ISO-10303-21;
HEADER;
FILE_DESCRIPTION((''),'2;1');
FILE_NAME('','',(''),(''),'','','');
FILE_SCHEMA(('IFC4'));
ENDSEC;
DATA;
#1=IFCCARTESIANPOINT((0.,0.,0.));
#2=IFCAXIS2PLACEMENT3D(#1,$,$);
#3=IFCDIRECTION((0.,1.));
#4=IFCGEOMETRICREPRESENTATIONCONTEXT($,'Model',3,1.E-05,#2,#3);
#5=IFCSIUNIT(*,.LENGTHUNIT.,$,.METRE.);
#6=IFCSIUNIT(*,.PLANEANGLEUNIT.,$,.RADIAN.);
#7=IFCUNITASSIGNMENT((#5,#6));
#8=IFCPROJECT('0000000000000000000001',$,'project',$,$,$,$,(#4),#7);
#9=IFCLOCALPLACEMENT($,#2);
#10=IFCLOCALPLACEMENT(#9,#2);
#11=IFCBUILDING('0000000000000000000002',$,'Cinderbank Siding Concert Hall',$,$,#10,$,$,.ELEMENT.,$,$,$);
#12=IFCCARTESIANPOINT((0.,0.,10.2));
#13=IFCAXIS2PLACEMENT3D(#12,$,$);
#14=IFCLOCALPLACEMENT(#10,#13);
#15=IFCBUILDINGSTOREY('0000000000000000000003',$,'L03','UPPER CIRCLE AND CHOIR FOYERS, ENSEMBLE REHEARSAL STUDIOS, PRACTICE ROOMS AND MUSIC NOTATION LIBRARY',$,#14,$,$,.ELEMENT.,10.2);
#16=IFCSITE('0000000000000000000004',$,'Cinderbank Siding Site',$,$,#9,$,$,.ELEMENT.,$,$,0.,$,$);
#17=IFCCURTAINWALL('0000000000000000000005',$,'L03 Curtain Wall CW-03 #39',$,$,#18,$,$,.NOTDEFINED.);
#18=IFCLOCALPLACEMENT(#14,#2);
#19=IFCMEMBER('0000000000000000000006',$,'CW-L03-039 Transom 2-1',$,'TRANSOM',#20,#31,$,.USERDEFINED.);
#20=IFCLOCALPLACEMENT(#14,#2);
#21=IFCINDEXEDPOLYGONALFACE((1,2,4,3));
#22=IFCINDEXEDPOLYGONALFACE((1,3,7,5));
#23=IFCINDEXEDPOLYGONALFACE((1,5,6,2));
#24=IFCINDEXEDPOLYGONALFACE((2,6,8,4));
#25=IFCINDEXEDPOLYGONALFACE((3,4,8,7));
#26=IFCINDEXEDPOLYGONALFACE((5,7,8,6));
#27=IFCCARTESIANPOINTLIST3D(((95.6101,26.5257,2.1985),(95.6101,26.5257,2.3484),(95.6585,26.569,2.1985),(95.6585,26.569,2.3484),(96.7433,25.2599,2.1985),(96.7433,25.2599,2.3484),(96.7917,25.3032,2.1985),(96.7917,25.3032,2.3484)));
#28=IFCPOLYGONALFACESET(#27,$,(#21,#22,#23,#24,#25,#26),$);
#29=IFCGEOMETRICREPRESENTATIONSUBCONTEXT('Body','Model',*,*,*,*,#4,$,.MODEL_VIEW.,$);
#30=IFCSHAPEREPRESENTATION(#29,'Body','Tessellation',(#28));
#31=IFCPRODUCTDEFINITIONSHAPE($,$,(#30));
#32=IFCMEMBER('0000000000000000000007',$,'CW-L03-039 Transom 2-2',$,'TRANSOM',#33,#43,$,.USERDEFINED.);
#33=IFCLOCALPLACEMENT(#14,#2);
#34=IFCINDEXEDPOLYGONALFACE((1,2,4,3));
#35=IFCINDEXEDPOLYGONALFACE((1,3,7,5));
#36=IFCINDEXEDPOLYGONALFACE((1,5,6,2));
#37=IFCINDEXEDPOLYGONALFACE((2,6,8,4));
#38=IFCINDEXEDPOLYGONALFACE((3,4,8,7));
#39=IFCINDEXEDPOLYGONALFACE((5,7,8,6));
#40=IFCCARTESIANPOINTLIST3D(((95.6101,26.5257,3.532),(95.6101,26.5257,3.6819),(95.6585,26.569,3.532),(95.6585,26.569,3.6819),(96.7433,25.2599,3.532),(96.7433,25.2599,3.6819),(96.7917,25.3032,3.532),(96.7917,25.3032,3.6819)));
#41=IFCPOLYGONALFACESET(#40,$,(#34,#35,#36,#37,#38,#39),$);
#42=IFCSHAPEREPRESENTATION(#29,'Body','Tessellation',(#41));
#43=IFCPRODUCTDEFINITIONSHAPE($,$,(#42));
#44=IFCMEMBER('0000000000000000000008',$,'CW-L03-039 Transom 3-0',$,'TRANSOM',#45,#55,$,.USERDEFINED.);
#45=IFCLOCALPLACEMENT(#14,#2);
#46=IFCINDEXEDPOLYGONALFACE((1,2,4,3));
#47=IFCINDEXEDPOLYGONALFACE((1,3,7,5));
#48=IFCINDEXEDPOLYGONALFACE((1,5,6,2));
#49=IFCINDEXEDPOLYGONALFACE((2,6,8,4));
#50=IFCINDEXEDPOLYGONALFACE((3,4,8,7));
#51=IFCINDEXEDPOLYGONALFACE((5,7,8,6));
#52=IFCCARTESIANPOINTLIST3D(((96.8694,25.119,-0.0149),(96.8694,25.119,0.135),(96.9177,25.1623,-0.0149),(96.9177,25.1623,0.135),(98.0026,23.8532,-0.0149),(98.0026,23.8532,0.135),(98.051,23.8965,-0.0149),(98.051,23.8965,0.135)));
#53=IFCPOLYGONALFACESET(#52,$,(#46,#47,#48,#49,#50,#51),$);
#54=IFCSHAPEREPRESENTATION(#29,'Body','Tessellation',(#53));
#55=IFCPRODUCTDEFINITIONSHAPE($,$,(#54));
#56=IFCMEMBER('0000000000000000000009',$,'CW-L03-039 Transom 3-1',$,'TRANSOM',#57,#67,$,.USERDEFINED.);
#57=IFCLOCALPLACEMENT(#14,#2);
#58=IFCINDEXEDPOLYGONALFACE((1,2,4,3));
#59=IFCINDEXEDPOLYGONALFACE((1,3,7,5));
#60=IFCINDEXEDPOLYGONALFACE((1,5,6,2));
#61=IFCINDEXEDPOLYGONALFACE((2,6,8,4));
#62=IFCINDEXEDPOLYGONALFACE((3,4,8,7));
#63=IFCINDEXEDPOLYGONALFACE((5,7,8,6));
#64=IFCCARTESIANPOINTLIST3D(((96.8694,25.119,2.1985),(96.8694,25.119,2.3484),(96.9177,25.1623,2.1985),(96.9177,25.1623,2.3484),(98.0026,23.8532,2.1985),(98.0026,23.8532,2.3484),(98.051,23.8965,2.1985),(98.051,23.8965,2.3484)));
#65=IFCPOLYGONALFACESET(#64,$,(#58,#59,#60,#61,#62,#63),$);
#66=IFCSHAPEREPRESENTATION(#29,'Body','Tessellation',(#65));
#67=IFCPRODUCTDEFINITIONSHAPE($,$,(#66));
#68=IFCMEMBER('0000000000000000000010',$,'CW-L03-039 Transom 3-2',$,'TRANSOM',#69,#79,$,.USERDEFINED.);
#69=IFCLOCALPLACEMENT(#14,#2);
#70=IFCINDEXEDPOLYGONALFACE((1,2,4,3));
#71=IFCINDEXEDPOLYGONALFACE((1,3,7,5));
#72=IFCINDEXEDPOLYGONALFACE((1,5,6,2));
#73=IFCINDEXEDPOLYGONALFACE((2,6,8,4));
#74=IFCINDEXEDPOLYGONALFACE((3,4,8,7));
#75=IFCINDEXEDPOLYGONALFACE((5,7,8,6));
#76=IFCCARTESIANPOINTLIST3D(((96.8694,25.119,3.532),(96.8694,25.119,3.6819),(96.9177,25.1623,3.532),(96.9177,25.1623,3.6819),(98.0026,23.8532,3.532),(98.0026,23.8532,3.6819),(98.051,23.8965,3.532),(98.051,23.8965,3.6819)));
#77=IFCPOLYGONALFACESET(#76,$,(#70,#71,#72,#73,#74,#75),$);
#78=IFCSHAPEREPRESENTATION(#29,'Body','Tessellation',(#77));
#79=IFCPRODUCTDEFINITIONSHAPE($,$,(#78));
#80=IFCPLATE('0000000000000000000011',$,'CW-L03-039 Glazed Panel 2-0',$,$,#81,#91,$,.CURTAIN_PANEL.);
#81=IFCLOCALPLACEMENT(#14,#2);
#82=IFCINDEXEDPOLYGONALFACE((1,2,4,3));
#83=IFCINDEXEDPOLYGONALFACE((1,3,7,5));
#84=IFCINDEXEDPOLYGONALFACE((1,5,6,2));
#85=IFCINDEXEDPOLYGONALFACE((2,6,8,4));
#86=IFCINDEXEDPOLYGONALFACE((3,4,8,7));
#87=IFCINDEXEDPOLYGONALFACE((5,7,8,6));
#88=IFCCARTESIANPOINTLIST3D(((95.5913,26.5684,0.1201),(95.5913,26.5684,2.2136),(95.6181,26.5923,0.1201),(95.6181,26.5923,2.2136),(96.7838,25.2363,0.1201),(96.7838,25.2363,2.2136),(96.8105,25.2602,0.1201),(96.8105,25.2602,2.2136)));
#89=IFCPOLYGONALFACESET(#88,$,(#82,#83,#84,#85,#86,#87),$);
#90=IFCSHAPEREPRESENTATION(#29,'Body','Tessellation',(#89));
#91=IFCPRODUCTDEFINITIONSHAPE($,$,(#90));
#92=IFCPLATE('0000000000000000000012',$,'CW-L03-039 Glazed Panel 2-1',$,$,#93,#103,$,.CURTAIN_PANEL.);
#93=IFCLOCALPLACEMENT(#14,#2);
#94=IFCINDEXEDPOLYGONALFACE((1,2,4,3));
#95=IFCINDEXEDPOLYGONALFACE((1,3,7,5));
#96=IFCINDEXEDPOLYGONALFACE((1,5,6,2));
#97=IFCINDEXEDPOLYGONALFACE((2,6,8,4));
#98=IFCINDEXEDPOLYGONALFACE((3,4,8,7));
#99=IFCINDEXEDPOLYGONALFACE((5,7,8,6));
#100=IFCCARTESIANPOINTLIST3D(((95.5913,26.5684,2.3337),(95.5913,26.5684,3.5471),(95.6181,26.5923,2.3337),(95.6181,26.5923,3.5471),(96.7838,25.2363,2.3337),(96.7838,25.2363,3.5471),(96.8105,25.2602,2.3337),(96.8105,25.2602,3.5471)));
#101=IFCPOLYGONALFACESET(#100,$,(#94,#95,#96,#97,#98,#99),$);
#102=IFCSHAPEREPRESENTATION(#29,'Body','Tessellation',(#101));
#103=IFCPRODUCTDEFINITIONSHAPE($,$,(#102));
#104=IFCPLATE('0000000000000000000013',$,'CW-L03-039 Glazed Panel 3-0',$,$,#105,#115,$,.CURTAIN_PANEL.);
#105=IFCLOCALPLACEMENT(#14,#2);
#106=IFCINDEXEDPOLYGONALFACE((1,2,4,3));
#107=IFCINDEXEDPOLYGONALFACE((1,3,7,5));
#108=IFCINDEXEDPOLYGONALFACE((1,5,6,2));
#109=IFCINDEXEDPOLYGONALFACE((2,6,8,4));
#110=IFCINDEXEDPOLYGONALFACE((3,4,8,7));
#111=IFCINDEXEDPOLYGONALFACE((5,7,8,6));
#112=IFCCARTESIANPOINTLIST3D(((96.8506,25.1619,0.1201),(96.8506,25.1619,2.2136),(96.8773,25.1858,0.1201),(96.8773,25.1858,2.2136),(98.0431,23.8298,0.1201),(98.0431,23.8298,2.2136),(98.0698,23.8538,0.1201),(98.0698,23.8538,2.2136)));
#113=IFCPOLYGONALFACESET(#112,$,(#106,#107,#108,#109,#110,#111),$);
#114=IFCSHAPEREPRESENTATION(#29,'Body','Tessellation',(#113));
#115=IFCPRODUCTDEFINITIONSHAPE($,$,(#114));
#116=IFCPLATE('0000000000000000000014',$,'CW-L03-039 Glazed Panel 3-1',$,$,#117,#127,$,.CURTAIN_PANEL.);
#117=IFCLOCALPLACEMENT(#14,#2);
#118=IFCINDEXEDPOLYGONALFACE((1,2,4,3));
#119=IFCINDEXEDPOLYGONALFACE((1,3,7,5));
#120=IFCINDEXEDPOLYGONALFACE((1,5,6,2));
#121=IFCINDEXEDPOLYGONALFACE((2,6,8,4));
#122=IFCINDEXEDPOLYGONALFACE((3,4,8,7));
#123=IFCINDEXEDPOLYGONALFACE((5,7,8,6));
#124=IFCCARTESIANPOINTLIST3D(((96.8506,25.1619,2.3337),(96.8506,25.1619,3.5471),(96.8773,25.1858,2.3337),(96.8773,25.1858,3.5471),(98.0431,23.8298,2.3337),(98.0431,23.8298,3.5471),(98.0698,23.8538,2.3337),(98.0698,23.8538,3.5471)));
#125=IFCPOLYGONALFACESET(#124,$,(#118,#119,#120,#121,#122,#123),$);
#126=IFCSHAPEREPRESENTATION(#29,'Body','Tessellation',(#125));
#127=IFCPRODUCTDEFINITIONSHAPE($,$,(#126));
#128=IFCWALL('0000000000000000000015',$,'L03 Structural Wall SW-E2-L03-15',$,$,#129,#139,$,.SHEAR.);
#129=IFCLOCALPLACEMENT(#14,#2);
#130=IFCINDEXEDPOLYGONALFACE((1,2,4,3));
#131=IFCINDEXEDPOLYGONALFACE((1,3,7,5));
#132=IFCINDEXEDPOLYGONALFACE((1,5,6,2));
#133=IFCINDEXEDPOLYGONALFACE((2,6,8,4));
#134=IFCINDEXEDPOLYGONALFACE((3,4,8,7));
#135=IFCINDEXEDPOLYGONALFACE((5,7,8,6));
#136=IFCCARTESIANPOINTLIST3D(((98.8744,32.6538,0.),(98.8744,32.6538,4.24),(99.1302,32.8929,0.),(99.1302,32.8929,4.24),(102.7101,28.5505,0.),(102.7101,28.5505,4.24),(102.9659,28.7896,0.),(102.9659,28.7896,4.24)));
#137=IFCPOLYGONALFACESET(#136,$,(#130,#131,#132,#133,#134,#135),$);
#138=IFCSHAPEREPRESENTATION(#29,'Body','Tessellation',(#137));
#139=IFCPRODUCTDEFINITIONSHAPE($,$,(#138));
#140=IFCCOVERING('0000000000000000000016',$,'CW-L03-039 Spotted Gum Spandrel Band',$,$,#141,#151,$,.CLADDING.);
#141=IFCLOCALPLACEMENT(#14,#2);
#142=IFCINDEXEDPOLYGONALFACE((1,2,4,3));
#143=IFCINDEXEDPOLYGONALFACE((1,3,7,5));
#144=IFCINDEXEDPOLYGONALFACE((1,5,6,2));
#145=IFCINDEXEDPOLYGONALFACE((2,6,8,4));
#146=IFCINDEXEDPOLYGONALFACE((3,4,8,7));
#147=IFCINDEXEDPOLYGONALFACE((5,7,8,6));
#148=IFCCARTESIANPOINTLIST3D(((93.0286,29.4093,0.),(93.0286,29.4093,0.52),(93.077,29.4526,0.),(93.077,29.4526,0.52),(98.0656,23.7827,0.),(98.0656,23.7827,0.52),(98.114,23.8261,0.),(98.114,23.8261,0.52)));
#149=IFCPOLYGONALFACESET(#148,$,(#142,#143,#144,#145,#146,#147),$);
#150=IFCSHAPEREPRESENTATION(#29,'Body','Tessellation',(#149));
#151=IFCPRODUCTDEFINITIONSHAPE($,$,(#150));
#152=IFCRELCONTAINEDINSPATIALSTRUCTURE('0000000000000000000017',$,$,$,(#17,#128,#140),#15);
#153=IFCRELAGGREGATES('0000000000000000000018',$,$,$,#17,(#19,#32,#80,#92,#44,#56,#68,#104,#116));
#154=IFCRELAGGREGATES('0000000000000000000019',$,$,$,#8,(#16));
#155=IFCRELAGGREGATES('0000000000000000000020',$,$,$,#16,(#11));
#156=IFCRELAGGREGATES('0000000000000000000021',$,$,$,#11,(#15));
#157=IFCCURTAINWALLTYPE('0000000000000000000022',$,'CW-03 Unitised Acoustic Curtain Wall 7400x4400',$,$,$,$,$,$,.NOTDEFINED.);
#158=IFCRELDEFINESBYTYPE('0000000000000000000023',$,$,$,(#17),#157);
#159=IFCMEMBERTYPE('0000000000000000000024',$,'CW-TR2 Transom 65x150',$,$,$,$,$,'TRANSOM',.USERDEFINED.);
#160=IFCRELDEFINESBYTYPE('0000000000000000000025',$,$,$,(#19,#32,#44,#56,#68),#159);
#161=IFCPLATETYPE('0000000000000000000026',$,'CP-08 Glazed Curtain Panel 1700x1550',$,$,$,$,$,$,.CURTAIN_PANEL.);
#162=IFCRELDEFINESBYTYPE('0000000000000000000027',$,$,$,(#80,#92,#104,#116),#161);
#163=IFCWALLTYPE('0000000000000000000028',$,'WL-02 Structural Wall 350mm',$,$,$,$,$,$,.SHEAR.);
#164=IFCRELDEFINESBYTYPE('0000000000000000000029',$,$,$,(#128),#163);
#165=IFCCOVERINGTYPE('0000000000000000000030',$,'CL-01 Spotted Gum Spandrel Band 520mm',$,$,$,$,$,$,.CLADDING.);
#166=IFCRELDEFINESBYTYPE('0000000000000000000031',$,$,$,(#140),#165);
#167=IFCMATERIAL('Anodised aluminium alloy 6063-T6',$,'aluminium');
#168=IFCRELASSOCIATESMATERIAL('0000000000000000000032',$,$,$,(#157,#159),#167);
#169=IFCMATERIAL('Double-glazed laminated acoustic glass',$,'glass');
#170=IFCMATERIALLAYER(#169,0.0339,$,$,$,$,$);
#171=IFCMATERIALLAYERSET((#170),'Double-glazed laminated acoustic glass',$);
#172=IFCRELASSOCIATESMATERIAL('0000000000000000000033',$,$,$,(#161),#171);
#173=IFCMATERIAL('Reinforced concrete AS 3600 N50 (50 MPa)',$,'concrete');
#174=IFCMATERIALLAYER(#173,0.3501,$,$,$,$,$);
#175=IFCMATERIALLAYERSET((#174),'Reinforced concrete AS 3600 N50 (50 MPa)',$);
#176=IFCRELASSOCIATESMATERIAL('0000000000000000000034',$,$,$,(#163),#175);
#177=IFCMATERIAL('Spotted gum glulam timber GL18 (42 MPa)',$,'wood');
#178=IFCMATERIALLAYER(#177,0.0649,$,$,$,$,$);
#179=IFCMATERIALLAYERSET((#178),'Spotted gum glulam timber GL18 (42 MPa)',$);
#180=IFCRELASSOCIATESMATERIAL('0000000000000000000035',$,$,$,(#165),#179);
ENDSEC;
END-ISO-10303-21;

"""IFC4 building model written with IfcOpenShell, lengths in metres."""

from ifc_helpers import new_model, si_unit, direction, frame, frame_2d, origin, origin_2d, place, context, subcontext, project, spatial, rectangle, extrude, material, layer, layer_set, material_profile, profile_set, type_object, element, aggregate, save


model = new_model("IFC4")

# Units and contexts
model_context = context("Model", 3, precision=1e-05, world=origin(), true_north=direction((0.0, 1.0)))
body_context = subcontext(model_context, "Body", "Model", "MODEL_VIEW")
ifc_project = project(units=[si_unit("LENGTHUNIT", "METRE"), si_unit("PLANEANGLEUNIT", "RADIAN")], contexts=[model_context])

# Site, building, storey
site_placement = place(None, origin())
site = spatial("IfcSite", under=ifc_project, at=site_placement, Name="Cinderbank Siding Site", CompositionType="ELEMENT", RefElevation=0.0)
building_placement = place(site_placement, origin())
building = spatial("IfcBuilding", under=site, at=building_placement, Name="Cinderbank Siding Concert Hall", CompositionType="ELEMENT")
storey_placement = place(building_placement, frame((0.0, 0.0, 10.2)))
storey = spatial("IfcBuildingStorey", under=building, at=storey_placement, Name="L03", Description="UPPER CIRCLE AND CHOIR FOYERS, ENSEMBLE REHEARSAL STUDIOS, PRACTICE ROOMS AND MUSIC NOTATION LIBRARY", CompositionType="ELEMENT", Elevation=10.2)

# Shared definitions
ifc_material_1 = material(Name="Reinforced concrete AS 3600 N50 (50 MPa)", Category="concrete")

# Curtain wall, members, plates
ifc_material_2 = material(Name="Anodised aluminium alloy 6063-T6", Category="aluminium")
curtain_wall_type = type_object("IfcCurtainWallType", Name="CW-03 Unitised Acoustic Curtain Wall 7400x4400", PredefinedType="NOTDEFINED", material=ifc_material_2)
curtain_wall_placement = place(storey_placement, origin())
curtain_wall = element("IfcCurtainWall", 1, at=curtain_wall_placement, inside=storey, type_object=curtain_wall_type, Name="L03 Curtain Wall CW-03 #39", PredefinedType="NOTDEFINED")
ifc_material_profile_1 = material_profile(ifc_material_2, rectangle(XDim=0.0649, YDim=0.1499, at=origin_2d()), Name="ALU-TRAN-65x150", Category="LoadBearing")
ifc_profile_set_1 = profile_set([ifc_material_profile_1], Name="Anodised aluminium alloy 6063-T6")
member_type_1 = type_object("IfcMemberType", Name="CW-TR2 Transom 65x150", ElementType="TRANSOM", PredefinedType="USERDEFINED", material=ifc_profile_set_1)
member_1_placement = place(storey_placement, frame((95.6343, 26.5474, 2.2734), z_axis=(0.667017, -0.745042, 0.0), x_axis=(0.745042, 0.667017, 0.0)))
member_1 = element("IfcMember", 2, at=member_1_placement, type_object=member_type_1, Name="CW-L03-039 Transom 2-1", ObjectType="TRANSOM", PredefinedType="USERDEFINED", context=body_context, shape_type="SweptSolid", body=[
    extrude(rectangle(XDim=0.0649, YDim=0.1499, at=origin_2d()), origin(), (0.0, 0.0, 1.0), 1.699),
])
member_2_placement = place(storey_placement, frame((95.6343, 26.5474, 3.6069), z_axis=(0.667017, -0.745042, 0.0), x_axis=(0.745042, 0.667017, 0.0)))
member_2 = element("IfcMember", 3, at=member_2_placement, type_object=member_type_1, Name="CW-L03-039 Transom 2-2", ObjectType="TRANSOM", PredefinedType="USERDEFINED", context=body_context, shape_type="SweptSolid", body=[
    extrude(rectangle(XDim=0.0649, YDim=0.1499, at=origin_2d()), origin(), (0.0, 0.0, 1.0), 1.699),
])
member_3_placement = place(storey_placement, frame((96.8936, 25.1406, 0.0601), z_axis=(0.667017, -0.745042, 0.0), x_axis=(0.745042, 0.667017, 0.0)))
member_3 = element("IfcMember", 4, at=member_3_placement, type_object=member_type_1, Name="CW-L03-039 Transom 3-0", ObjectType="TRANSOM", PredefinedType="USERDEFINED", context=body_context, shape_type="SweptSolid", body=[
    extrude(rectangle(XDim=0.0649, YDim=0.1499, at=origin_2d()), origin(), (0.0, 0.0, 1.0), 1.699),
])
member_4_placement = place(storey_placement, frame((96.8936, 25.1406, 2.2734), z_axis=(0.667017, -0.745042, 0.0), x_axis=(0.745042, 0.667017, 0.0)))
member_4 = element("IfcMember", 5, at=member_4_placement, type_object=member_type_1, Name="CW-L03-039 Transom 3-1", ObjectType="TRANSOM", PredefinedType="USERDEFINED", context=body_context, shape_type="SweptSolid", body=[
    extrude(rectangle(XDim=0.0649, YDim=0.1499, at=origin_2d()), origin(), (0.0, 0.0, 1.0), 1.699),
])
member_5_placement = place(storey_placement, frame((96.8936, 25.1406, 3.6069), z_axis=(0.667017, -0.745042, 0.0), x_axis=(0.745042, 0.667017, 0.0)))
member_5 = element("IfcMember", 6, at=member_5_placement, type_object=member_type_1, Name="CW-L03-039 Transom 3-2", ObjectType="TRANSOM", PredefinedType="USERDEFINED", context=body_context, shape_type="SweptSolid", body=[
    extrude(rectangle(XDim=0.0649, YDim=0.1499, at=origin_2d()), origin(), (0.0, 0.0, 1.0), 1.699),
])
ifc_material_3 = material(Name="Double-glazed laminated acoustic glass", Category="glass")
ifc_layer_1 = layer(ifc_material_3, 0.0339)
ifc_layer_set_1 = layer_set([ifc_layer_1], Name="Double-glazed laminated acoustic glass")
plate_type = type_object("IfcPlateType", Name="CP-08 Glazed Curtain Panel 1700x1550", PredefinedType="CURTAIN_PANEL", material=ifc_layer_set_1)
plate_1_placement = place(storey_placement, frame((96.2009, 25.9143, 0.1201), z_axis=(0.0, 0.0, 1.0), x_axis=(0.666993, -0.745064, 0.0)))
plate_1 = element("IfcPlate", 7, at=plate_1_placement, type_object=plate_type, Name="CW-L03-039 Glazed Panel 2-0", PredefinedType="CURTAIN_PANEL", context=body_context, shape_type="SweptSolid", body=[
    extrude(rectangle(XDim=1.7878, YDim=0.0359, at=origin_2d()), origin(), (0.0, 0.0, 1.0), 2.0935),
])
plate_2_placement = place(storey_placement, frame((96.2009, 25.9143, 2.3337), z_axis=(0.0, 0.0, 1.0), x_axis=(0.666993, -0.745064, 0.0)))
plate_2 = element("IfcPlate", 8, at=plate_2_placement, type_object=plate_type, Name="CW-L03-039 Glazed Panel 2-1", PredefinedType="CURTAIN_PANEL", context=body_context, shape_type="SweptSolid", body=[
    extrude(rectangle(XDim=1.7878, YDim=0.0359, at=origin_2d()), origin(), (0.0, 0.0, 1.0), 1.2134),
])
plate_3_placement = place(storey_placement, frame((97.4602, 24.5078, 0.1201), z_axis=(0.0, 0.0, 1.0), x_axis=(0.666993, -0.745064, 0.0)))
plate_3 = element("IfcPlate", 9, at=plate_3_placement, type_object=plate_type, Name="CW-L03-039 Glazed Panel 3-0", PredefinedType="CURTAIN_PANEL", context=body_context, shape_type="SweptSolid", body=[
    extrude(rectangle(XDim=1.7878, YDim=0.0359, at=origin_2d()), origin(), (0.0, 0.0, 1.0), 2.0935),
])
plate_4_placement = place(storey_placement, frame((97.4602, 24.5078, 2.3337), z_axis=(0.0, 0.0, 1.0), x_axis=(0.666993, -0.745064, 0.0)))
plate_4 = element("IfcPlate", 10, at=plate_4_placement, type_object=plate_type, Name="CW-L03-039 Glazed Panel 3-1", PredefinedType="CURTAIN_PANEL", context=body_context, shape_type="SweptSolid", body=[
    extrude(rectangle(XDim=1.7878, YDim=0.0359, at=origin_2d()), origin(), (0.0, 0.0, 1.0), 1.2134),
])
aggregate(curtain_wall, [member_1, member_2, plate_1, plate_2, member_3, member_4, member_5, plate_3, plate_4])

# Wall
ifc_layer_2 = layer(ifc_material_1, 0.3501)
ifc_layer_set_2 = layer_set([ifc_layer_2], Name="Reinforced concrete AS 3600 N50 (50 MPa)")
wall_type = type_object("IfcWallType", Name="WL-02 Structural Wall 350mm", PredefinedType="SHEAR", material=ifc_layer_set_2)
wall_placement = place(storey_placement, frame((99.0022, 32.7734, 0.0), z_axis=(0.0, 0.0, 1.0), x_axis=(0.682886, -0.730525, 0.0)))
element("IfcWall", 11, at=wall_placement, inside=storey, type_object=wall_type, Name="L03 Structural Wall SW-E2-L03-15", PredefinedType="SHEAR", context=body_context, shape_type="SweptSolid", body=[
    extrude(rectangle(XDim=5.6169, YDim=0.3501, at=frame_2d((2.8086, 0.0))), origin(), (0.0, 0.0, 1.0), 4.24),
])

# Covering
ifc_material_4 = material(Name="Spotted gum glulam timber GL18 (42 MPa)", Category="wood")
ifc_layer_3 = layer(ifc_material_4, 0.0649)
ifc_layer_set_3 = layer_set([ifc_layer_3], Name="Spotted gum glulam timber GL18 (42 MPa)")
covering_type = type_object("IfcCoveringType", Name="CL-01 Spotted Gum Spandrel Band 520mm", PredefinedType="CLADDING", material=ifc_layer_set_3)
covering_placement = place(storey_placement, frame((95.5713, 26.6177, 0.0), z_axis=(0.0, 0.0, 1.0), x_axis=(0.666993, -0.745064, 0.0)))
element("IfcCovering", 12, at=covering_placement, inside=storey, type_object=covering_type, Name="CW-L03-039 Spotted Gum Spandrel Band", PredefinedType="CLADDING", context=body_context, shape_type="SweptSolid", body=[
    extrude(rectangle(XDim=7.5518, YDim=0.0649, at=origin_2d()), origin(), (0.0, 0.0, 1.0), 0.52),
])

save(model, "model.ifc")
